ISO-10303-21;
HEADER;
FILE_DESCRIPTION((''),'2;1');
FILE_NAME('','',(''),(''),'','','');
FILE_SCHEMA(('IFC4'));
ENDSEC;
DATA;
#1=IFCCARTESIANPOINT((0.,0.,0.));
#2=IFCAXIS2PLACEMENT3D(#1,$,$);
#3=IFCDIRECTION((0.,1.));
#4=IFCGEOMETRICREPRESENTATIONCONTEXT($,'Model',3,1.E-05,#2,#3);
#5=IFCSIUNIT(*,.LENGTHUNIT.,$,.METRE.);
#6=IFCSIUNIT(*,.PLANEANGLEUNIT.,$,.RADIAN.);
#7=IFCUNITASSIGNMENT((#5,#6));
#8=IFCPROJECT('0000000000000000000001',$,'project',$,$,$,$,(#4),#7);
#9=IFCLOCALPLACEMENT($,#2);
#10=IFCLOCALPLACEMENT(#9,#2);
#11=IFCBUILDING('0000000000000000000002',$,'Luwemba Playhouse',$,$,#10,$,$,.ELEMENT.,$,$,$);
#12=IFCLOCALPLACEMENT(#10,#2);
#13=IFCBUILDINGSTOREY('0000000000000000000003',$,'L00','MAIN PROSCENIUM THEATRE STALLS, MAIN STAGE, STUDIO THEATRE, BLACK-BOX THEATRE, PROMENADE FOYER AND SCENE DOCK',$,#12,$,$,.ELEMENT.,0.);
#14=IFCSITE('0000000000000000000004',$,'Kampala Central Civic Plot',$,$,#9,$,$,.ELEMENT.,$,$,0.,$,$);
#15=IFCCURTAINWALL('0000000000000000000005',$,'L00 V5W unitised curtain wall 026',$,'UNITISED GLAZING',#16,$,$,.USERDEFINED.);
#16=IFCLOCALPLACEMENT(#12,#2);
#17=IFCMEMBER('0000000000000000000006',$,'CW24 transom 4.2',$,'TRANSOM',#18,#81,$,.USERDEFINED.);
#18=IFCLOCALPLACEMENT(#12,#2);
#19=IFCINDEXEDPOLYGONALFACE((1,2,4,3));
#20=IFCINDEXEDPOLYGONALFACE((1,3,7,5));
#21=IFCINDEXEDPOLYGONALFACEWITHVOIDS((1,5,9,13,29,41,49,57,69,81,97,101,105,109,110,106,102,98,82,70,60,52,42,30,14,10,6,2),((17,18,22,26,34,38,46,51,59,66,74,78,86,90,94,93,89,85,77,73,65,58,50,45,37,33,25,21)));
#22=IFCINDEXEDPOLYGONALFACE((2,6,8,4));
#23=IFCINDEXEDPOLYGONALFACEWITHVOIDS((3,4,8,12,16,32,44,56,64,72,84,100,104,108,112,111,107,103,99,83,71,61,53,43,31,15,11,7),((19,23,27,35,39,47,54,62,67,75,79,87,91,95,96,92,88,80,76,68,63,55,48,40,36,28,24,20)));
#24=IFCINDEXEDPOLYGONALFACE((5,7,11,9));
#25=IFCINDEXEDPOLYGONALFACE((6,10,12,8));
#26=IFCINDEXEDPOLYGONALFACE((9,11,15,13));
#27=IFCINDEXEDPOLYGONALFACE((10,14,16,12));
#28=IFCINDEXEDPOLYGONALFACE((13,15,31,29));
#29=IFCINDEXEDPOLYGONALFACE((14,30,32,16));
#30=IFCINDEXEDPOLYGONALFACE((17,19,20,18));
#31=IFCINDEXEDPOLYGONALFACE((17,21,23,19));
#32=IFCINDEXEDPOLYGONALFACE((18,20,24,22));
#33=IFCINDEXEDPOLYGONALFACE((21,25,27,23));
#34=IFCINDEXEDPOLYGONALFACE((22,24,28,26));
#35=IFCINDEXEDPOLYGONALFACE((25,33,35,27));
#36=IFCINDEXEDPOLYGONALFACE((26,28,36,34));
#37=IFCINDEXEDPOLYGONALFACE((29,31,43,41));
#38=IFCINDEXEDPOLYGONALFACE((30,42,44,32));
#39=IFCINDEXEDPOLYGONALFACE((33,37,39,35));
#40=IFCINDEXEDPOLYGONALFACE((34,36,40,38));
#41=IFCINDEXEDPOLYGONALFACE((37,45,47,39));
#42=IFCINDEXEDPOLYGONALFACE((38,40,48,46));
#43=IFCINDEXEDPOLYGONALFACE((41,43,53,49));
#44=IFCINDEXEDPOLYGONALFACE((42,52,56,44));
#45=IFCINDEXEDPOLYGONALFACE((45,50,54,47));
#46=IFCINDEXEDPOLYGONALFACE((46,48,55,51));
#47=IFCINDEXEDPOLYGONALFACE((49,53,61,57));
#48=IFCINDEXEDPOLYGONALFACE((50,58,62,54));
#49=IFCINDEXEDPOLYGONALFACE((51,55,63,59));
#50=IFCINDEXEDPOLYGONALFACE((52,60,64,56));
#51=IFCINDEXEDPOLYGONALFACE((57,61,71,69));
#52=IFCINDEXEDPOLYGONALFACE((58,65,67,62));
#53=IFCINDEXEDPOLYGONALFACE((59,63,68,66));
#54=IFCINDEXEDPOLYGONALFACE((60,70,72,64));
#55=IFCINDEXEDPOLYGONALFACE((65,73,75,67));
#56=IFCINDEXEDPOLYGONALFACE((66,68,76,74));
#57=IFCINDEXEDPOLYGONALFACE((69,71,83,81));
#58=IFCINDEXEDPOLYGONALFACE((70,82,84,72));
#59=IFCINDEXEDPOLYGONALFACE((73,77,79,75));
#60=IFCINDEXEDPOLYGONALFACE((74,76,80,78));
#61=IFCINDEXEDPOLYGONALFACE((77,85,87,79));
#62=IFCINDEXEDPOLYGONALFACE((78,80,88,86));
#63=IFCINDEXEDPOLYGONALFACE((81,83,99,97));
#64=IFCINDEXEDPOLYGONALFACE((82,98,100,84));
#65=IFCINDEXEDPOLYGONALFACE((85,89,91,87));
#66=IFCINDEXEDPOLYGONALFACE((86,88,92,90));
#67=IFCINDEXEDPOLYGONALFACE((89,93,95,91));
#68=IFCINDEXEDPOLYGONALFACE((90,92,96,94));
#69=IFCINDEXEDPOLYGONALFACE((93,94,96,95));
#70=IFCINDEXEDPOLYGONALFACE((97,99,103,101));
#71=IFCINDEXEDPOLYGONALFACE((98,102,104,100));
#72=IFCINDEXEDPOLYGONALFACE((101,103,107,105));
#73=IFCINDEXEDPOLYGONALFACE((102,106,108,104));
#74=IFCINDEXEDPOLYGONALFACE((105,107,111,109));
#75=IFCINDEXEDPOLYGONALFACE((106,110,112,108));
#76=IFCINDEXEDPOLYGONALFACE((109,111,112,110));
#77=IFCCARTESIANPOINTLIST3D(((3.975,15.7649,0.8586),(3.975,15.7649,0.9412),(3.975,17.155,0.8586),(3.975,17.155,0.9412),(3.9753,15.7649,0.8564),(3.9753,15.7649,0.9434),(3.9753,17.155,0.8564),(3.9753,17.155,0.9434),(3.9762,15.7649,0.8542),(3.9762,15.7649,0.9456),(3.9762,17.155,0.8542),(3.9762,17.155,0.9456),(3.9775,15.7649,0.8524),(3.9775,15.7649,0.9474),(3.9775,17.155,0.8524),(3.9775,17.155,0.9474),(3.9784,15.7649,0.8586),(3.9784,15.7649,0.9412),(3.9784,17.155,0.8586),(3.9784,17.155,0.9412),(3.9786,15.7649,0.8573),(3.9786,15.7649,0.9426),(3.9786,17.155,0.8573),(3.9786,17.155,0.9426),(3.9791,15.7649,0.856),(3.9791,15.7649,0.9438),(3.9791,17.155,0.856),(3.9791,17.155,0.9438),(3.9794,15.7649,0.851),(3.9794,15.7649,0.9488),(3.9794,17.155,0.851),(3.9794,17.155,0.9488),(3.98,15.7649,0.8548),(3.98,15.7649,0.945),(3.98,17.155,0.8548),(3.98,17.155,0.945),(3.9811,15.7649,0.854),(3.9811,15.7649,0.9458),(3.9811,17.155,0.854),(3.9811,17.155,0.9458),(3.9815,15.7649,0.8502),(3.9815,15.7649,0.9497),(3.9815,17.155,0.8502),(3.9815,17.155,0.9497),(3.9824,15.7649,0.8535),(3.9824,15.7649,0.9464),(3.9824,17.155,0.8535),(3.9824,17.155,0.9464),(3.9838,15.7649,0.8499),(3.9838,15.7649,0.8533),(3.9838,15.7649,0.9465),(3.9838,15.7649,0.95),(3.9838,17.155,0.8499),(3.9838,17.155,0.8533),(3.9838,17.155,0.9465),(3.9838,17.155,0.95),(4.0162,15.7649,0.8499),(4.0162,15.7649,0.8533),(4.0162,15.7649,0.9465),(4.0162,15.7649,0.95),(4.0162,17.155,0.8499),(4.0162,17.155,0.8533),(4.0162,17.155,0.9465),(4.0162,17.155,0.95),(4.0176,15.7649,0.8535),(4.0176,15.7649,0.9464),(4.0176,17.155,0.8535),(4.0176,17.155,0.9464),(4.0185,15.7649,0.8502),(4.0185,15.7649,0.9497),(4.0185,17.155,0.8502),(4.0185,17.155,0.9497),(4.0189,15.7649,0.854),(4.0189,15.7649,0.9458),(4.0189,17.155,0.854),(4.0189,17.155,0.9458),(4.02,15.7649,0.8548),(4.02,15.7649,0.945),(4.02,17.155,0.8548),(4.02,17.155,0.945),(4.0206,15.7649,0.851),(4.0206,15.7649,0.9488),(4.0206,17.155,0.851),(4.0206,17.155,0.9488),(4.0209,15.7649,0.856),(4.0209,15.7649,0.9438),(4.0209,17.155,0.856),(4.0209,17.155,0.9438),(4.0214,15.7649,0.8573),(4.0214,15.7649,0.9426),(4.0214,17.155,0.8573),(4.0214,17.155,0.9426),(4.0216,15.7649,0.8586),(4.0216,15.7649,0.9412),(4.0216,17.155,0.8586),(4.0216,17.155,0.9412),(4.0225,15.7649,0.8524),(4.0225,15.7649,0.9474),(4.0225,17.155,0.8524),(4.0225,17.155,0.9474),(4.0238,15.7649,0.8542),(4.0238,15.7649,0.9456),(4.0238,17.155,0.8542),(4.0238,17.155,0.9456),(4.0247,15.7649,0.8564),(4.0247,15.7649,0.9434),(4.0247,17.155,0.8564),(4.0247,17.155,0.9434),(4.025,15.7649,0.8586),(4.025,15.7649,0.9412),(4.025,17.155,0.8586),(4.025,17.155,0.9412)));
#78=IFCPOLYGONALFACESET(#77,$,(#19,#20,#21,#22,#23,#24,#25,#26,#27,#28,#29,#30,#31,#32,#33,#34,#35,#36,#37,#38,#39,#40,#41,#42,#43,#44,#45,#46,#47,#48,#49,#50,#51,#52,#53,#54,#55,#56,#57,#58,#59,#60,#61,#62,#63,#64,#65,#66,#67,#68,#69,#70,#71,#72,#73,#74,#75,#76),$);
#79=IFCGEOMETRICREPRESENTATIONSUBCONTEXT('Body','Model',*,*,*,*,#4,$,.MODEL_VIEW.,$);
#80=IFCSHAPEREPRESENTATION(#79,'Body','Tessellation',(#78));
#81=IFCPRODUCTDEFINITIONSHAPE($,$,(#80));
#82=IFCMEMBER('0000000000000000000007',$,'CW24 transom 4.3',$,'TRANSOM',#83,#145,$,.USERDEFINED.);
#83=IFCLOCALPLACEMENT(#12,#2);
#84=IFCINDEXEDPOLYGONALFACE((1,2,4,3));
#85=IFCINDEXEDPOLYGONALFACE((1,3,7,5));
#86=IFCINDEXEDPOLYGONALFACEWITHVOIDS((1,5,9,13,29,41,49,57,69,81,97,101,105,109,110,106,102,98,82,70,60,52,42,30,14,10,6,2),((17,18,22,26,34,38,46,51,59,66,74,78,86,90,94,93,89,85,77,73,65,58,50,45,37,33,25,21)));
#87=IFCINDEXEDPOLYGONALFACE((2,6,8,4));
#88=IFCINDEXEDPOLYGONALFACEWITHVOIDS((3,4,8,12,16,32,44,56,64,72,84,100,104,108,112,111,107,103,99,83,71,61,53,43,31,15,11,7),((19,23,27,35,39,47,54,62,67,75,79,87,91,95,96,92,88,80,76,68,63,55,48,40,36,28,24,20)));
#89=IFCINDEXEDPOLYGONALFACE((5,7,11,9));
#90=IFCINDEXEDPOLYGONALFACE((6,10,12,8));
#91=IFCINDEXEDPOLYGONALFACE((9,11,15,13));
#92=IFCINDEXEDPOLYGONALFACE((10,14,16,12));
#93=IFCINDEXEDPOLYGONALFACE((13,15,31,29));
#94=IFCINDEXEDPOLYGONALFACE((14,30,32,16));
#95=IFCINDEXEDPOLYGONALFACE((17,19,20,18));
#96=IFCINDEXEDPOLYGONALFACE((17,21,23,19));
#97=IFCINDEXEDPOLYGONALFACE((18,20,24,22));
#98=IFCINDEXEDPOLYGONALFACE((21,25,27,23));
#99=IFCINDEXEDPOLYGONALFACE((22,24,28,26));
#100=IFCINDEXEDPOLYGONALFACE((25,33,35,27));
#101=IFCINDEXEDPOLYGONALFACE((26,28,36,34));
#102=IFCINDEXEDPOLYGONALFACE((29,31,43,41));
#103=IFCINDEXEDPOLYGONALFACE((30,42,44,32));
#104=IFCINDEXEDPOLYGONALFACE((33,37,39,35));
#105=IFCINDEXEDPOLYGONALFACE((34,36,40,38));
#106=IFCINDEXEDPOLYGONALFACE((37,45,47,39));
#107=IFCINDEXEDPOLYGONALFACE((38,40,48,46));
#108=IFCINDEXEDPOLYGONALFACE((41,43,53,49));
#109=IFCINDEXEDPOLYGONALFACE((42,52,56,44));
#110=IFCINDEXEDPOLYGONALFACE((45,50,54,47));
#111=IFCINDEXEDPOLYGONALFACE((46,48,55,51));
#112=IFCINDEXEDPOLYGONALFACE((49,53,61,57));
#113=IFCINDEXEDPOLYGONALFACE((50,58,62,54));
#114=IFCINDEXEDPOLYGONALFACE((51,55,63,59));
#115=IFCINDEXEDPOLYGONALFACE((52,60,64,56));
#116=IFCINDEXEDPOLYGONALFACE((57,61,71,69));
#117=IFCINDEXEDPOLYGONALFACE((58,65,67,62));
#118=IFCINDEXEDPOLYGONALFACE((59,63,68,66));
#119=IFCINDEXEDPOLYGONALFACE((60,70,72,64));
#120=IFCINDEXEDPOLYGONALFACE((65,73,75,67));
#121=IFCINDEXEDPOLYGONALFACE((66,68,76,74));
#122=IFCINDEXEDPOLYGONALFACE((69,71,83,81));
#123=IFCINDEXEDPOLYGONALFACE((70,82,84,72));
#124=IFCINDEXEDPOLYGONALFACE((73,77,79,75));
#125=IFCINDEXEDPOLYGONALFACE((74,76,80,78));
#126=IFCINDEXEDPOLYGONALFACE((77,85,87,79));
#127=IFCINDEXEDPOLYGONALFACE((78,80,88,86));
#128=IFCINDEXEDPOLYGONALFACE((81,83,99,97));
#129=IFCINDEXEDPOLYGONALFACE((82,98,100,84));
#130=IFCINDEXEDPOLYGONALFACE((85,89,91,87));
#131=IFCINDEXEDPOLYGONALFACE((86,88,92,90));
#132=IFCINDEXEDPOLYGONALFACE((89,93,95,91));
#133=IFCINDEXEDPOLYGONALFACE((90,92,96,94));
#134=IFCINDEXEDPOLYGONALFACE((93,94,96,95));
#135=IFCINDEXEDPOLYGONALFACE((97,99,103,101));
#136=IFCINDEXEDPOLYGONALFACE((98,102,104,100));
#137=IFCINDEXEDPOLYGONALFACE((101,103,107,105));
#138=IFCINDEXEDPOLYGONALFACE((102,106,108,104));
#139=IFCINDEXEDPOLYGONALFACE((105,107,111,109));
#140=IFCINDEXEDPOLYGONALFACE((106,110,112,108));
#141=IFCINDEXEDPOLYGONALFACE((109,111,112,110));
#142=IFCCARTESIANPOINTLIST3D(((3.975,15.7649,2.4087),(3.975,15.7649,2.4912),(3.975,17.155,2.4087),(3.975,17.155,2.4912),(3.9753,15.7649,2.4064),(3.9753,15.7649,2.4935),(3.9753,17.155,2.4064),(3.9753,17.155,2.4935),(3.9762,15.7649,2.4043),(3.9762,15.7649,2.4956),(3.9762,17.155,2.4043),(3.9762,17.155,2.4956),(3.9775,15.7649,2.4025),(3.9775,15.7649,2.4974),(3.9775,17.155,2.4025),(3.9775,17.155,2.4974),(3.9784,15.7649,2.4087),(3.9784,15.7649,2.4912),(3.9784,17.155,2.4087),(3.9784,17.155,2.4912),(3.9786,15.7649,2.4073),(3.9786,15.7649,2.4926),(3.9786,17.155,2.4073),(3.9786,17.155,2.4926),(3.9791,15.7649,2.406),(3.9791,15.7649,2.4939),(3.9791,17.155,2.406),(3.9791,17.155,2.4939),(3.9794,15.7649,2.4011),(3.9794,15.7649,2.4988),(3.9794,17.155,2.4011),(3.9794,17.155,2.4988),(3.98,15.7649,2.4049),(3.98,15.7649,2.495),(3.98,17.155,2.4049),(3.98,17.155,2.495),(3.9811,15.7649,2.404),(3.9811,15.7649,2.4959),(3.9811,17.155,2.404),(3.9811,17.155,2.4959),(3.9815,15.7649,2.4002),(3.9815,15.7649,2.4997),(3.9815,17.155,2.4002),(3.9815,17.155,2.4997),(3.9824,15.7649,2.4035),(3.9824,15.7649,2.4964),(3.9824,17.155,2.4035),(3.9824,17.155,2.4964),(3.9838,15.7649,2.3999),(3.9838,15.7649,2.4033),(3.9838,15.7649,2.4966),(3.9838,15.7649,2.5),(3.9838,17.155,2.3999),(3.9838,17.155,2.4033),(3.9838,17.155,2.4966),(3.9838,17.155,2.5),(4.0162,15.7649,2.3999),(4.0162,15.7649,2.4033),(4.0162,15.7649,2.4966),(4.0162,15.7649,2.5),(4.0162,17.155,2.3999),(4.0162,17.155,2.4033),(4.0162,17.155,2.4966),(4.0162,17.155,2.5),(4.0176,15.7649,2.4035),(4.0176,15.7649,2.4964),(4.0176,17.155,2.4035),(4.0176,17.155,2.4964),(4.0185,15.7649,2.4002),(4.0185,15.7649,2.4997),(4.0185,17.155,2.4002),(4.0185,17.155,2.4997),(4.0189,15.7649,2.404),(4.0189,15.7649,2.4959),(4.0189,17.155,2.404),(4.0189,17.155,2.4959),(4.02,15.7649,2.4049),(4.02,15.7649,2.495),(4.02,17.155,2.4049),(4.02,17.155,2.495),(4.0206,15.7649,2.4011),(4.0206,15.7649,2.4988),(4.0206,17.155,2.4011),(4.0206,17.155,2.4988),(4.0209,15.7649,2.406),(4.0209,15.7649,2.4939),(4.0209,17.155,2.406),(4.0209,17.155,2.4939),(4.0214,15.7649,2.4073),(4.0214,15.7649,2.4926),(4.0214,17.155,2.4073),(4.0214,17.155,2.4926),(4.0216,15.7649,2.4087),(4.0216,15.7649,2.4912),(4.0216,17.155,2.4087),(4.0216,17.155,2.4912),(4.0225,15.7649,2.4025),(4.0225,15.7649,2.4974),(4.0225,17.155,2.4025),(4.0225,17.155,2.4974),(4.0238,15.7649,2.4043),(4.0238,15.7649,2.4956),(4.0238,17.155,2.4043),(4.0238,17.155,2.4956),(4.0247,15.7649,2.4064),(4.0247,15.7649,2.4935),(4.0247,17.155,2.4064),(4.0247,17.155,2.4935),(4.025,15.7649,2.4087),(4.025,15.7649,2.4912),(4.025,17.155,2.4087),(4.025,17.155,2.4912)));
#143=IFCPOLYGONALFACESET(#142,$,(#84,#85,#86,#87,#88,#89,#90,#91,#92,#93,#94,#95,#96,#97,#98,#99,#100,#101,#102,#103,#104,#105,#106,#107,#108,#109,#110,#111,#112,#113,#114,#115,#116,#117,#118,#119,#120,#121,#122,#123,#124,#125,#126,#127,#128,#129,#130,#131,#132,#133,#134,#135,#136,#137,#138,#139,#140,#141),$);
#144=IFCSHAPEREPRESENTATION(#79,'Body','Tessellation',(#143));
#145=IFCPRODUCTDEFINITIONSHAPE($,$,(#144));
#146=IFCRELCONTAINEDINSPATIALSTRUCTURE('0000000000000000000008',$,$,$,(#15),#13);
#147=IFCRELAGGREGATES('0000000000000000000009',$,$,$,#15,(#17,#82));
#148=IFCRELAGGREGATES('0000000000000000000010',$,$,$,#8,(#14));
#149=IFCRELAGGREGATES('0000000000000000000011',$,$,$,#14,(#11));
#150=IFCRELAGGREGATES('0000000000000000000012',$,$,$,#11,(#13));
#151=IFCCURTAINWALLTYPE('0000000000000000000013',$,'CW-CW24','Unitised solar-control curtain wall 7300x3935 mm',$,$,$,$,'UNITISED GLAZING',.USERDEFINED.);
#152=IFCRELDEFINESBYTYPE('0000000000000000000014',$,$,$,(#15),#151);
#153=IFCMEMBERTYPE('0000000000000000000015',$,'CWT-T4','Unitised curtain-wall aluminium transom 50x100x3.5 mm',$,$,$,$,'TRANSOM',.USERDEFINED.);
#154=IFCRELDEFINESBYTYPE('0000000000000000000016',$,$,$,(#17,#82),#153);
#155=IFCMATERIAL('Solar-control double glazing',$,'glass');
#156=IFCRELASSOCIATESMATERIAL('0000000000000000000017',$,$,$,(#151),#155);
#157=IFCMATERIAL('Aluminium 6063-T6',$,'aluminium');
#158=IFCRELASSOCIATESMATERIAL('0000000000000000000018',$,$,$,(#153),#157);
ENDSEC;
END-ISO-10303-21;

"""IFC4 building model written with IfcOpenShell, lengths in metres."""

from ifc_helpers import new_model, si_unit, direction, frame, origin, origin_2d, place, context, subcontext, project, spatial, hollow_rectangle, extrude, material, material_profile, profile_set, type_object, element, aggregate, save


model = new_model("IFC4")

# Units and contexts
model_context = context("Model", 3, precision=1e-05, world=origin(), true_north=direction((0.0, 1.0)))
body_context = subcontext(model_context, "Body", "Model", "MODEL_VIEW")
ifc_project = project(units=[si_unit("LENGTHUNIT", "METRE"), si_unit("PLANEANGLEUNIT", "RADIAN")], contexts=[model_context])

# Site, building, storey
site_placement = place(None, origin())
site = spatial("IfcSite", under=ifc_project, at=site_placement, Name="Kampala Central Civic Plot", CompositionType="ELEMENT", RefElevation=0.0)
building_placement = place(site_placement, origin())
building = spatial("IfcBuilding", under=site, at=building_placement, Name="Luwemba Playhouse", CompositionType="ELEMENT")
storey_placement = place(building_placement, origin())
storey = spatial("IfcBuildingStorey", under=building, at=storey_placement, Name="L00", Description="MAIN PROSCENIUM THEATRE STALLS, MAIN STAGE, STUDIO THEATRE, BLACK-BOX THEATRE, PROMENADE FOYER AND SCENE DOCK", CompositionType="ELEMENT", Elevation=0.0)

# Curtain wall, members
ifc_material_1 = material(Name="Solar-control double glazing", Category="glass")
curtain_wall_type = type_object("IfcCurtainWallType", Name="CW-CW24", Description="Unitised solar-control curtain wall 7300x3935 mm", ElementType="UNITISED GLAZING", PredefinedType="USERDEFINED", material=ifc_material_1)
curtain_wall_placement = place(storey_placement, origin())
curtain_wall = element("IfcCurtainWall", 1, at=curtain_wall_placement, inside=storey, type_object=curtain_wall_type, Name="L00 V5W unitised curtain wall 026", ObjectType="UNITISED GLAZING", PredefinedType="USERDEFINED")
ifc_material_2 = material(Name="Aluminium 6063-T6", Category="aluminium")
ifc_material_profile_1 = material_profile(ifc_material_2, hollow_rectangle(XDim=0.05, YDim=0.1001, WallThickness=0.0034, InnerFilletRadius=0.0054, OuterFilletRadius=0.0088, at=origin_2d()))
ifc_profile_set_1 = profile_set([ifc_material_profile_1], Name="Aluminium 6063-T6")
member_type_1 = type_object("IfcMemberType", Name="CWT-T4", Description="Unitised curtain-wall aluminium transom 50x100x3.5 mm", ElementType="TRANSOM", PredefinedType="USERDEFINED", material=ifc_profile_set_1)
member_1_placement = place(storey_placement, frame((4.0, 15.7649, 0.8999), z_axis=(0.0, 1.0, 0.0), x_axis=(-1.0, 0.0, 0.0)))
member_1 = element("IfcMember", 2, at=member_1_placement, type_object=member_type_1, Name="CW24 transom 4.2", ObjectType="TRANSOM", PredefinedType="USERDEFINED", context=body_context, shape_type="SweptSolid", body=[
    extrude(hollow_rectangle(XDim=0.05, YDim=0.1001, WallThickness=0.0034, InnerFilletRadius=0.0054, OuterFilletRadius=0.0088, at=origin_2d()), origin(), (0.0, 0.0, 1.0), 1.3901),
])
member_2_placement = place(storey_placement, frame((4.0, 15.7649, 2.45), z_axis=(0.0, 1.0, 0.0), x_axis=(-1.0, 0.0, 0.0)))
member_2 = element("IfcMember", 3, at=member_2_placement, type_object=member_type_1, Name="CW24 transom 4.3", ObjectType="TRANSOM", PredefinedType="USERDEFINED", context=body_context, shape_type="SweptSolid", body=[
    extrude(hollow_rectangle(XDim=0.05, YDim=0.1001, WallThickness=0.0034, InnerFilletRadius=0.0054, OuterFilletRadius=0.0088, at=origin_2d()), origin(), (0.0, 0.0, 1.0), 1.3901),
])
aggregate(curtain_wall, [member_1, member_2])

save(model, "model.ifc")
